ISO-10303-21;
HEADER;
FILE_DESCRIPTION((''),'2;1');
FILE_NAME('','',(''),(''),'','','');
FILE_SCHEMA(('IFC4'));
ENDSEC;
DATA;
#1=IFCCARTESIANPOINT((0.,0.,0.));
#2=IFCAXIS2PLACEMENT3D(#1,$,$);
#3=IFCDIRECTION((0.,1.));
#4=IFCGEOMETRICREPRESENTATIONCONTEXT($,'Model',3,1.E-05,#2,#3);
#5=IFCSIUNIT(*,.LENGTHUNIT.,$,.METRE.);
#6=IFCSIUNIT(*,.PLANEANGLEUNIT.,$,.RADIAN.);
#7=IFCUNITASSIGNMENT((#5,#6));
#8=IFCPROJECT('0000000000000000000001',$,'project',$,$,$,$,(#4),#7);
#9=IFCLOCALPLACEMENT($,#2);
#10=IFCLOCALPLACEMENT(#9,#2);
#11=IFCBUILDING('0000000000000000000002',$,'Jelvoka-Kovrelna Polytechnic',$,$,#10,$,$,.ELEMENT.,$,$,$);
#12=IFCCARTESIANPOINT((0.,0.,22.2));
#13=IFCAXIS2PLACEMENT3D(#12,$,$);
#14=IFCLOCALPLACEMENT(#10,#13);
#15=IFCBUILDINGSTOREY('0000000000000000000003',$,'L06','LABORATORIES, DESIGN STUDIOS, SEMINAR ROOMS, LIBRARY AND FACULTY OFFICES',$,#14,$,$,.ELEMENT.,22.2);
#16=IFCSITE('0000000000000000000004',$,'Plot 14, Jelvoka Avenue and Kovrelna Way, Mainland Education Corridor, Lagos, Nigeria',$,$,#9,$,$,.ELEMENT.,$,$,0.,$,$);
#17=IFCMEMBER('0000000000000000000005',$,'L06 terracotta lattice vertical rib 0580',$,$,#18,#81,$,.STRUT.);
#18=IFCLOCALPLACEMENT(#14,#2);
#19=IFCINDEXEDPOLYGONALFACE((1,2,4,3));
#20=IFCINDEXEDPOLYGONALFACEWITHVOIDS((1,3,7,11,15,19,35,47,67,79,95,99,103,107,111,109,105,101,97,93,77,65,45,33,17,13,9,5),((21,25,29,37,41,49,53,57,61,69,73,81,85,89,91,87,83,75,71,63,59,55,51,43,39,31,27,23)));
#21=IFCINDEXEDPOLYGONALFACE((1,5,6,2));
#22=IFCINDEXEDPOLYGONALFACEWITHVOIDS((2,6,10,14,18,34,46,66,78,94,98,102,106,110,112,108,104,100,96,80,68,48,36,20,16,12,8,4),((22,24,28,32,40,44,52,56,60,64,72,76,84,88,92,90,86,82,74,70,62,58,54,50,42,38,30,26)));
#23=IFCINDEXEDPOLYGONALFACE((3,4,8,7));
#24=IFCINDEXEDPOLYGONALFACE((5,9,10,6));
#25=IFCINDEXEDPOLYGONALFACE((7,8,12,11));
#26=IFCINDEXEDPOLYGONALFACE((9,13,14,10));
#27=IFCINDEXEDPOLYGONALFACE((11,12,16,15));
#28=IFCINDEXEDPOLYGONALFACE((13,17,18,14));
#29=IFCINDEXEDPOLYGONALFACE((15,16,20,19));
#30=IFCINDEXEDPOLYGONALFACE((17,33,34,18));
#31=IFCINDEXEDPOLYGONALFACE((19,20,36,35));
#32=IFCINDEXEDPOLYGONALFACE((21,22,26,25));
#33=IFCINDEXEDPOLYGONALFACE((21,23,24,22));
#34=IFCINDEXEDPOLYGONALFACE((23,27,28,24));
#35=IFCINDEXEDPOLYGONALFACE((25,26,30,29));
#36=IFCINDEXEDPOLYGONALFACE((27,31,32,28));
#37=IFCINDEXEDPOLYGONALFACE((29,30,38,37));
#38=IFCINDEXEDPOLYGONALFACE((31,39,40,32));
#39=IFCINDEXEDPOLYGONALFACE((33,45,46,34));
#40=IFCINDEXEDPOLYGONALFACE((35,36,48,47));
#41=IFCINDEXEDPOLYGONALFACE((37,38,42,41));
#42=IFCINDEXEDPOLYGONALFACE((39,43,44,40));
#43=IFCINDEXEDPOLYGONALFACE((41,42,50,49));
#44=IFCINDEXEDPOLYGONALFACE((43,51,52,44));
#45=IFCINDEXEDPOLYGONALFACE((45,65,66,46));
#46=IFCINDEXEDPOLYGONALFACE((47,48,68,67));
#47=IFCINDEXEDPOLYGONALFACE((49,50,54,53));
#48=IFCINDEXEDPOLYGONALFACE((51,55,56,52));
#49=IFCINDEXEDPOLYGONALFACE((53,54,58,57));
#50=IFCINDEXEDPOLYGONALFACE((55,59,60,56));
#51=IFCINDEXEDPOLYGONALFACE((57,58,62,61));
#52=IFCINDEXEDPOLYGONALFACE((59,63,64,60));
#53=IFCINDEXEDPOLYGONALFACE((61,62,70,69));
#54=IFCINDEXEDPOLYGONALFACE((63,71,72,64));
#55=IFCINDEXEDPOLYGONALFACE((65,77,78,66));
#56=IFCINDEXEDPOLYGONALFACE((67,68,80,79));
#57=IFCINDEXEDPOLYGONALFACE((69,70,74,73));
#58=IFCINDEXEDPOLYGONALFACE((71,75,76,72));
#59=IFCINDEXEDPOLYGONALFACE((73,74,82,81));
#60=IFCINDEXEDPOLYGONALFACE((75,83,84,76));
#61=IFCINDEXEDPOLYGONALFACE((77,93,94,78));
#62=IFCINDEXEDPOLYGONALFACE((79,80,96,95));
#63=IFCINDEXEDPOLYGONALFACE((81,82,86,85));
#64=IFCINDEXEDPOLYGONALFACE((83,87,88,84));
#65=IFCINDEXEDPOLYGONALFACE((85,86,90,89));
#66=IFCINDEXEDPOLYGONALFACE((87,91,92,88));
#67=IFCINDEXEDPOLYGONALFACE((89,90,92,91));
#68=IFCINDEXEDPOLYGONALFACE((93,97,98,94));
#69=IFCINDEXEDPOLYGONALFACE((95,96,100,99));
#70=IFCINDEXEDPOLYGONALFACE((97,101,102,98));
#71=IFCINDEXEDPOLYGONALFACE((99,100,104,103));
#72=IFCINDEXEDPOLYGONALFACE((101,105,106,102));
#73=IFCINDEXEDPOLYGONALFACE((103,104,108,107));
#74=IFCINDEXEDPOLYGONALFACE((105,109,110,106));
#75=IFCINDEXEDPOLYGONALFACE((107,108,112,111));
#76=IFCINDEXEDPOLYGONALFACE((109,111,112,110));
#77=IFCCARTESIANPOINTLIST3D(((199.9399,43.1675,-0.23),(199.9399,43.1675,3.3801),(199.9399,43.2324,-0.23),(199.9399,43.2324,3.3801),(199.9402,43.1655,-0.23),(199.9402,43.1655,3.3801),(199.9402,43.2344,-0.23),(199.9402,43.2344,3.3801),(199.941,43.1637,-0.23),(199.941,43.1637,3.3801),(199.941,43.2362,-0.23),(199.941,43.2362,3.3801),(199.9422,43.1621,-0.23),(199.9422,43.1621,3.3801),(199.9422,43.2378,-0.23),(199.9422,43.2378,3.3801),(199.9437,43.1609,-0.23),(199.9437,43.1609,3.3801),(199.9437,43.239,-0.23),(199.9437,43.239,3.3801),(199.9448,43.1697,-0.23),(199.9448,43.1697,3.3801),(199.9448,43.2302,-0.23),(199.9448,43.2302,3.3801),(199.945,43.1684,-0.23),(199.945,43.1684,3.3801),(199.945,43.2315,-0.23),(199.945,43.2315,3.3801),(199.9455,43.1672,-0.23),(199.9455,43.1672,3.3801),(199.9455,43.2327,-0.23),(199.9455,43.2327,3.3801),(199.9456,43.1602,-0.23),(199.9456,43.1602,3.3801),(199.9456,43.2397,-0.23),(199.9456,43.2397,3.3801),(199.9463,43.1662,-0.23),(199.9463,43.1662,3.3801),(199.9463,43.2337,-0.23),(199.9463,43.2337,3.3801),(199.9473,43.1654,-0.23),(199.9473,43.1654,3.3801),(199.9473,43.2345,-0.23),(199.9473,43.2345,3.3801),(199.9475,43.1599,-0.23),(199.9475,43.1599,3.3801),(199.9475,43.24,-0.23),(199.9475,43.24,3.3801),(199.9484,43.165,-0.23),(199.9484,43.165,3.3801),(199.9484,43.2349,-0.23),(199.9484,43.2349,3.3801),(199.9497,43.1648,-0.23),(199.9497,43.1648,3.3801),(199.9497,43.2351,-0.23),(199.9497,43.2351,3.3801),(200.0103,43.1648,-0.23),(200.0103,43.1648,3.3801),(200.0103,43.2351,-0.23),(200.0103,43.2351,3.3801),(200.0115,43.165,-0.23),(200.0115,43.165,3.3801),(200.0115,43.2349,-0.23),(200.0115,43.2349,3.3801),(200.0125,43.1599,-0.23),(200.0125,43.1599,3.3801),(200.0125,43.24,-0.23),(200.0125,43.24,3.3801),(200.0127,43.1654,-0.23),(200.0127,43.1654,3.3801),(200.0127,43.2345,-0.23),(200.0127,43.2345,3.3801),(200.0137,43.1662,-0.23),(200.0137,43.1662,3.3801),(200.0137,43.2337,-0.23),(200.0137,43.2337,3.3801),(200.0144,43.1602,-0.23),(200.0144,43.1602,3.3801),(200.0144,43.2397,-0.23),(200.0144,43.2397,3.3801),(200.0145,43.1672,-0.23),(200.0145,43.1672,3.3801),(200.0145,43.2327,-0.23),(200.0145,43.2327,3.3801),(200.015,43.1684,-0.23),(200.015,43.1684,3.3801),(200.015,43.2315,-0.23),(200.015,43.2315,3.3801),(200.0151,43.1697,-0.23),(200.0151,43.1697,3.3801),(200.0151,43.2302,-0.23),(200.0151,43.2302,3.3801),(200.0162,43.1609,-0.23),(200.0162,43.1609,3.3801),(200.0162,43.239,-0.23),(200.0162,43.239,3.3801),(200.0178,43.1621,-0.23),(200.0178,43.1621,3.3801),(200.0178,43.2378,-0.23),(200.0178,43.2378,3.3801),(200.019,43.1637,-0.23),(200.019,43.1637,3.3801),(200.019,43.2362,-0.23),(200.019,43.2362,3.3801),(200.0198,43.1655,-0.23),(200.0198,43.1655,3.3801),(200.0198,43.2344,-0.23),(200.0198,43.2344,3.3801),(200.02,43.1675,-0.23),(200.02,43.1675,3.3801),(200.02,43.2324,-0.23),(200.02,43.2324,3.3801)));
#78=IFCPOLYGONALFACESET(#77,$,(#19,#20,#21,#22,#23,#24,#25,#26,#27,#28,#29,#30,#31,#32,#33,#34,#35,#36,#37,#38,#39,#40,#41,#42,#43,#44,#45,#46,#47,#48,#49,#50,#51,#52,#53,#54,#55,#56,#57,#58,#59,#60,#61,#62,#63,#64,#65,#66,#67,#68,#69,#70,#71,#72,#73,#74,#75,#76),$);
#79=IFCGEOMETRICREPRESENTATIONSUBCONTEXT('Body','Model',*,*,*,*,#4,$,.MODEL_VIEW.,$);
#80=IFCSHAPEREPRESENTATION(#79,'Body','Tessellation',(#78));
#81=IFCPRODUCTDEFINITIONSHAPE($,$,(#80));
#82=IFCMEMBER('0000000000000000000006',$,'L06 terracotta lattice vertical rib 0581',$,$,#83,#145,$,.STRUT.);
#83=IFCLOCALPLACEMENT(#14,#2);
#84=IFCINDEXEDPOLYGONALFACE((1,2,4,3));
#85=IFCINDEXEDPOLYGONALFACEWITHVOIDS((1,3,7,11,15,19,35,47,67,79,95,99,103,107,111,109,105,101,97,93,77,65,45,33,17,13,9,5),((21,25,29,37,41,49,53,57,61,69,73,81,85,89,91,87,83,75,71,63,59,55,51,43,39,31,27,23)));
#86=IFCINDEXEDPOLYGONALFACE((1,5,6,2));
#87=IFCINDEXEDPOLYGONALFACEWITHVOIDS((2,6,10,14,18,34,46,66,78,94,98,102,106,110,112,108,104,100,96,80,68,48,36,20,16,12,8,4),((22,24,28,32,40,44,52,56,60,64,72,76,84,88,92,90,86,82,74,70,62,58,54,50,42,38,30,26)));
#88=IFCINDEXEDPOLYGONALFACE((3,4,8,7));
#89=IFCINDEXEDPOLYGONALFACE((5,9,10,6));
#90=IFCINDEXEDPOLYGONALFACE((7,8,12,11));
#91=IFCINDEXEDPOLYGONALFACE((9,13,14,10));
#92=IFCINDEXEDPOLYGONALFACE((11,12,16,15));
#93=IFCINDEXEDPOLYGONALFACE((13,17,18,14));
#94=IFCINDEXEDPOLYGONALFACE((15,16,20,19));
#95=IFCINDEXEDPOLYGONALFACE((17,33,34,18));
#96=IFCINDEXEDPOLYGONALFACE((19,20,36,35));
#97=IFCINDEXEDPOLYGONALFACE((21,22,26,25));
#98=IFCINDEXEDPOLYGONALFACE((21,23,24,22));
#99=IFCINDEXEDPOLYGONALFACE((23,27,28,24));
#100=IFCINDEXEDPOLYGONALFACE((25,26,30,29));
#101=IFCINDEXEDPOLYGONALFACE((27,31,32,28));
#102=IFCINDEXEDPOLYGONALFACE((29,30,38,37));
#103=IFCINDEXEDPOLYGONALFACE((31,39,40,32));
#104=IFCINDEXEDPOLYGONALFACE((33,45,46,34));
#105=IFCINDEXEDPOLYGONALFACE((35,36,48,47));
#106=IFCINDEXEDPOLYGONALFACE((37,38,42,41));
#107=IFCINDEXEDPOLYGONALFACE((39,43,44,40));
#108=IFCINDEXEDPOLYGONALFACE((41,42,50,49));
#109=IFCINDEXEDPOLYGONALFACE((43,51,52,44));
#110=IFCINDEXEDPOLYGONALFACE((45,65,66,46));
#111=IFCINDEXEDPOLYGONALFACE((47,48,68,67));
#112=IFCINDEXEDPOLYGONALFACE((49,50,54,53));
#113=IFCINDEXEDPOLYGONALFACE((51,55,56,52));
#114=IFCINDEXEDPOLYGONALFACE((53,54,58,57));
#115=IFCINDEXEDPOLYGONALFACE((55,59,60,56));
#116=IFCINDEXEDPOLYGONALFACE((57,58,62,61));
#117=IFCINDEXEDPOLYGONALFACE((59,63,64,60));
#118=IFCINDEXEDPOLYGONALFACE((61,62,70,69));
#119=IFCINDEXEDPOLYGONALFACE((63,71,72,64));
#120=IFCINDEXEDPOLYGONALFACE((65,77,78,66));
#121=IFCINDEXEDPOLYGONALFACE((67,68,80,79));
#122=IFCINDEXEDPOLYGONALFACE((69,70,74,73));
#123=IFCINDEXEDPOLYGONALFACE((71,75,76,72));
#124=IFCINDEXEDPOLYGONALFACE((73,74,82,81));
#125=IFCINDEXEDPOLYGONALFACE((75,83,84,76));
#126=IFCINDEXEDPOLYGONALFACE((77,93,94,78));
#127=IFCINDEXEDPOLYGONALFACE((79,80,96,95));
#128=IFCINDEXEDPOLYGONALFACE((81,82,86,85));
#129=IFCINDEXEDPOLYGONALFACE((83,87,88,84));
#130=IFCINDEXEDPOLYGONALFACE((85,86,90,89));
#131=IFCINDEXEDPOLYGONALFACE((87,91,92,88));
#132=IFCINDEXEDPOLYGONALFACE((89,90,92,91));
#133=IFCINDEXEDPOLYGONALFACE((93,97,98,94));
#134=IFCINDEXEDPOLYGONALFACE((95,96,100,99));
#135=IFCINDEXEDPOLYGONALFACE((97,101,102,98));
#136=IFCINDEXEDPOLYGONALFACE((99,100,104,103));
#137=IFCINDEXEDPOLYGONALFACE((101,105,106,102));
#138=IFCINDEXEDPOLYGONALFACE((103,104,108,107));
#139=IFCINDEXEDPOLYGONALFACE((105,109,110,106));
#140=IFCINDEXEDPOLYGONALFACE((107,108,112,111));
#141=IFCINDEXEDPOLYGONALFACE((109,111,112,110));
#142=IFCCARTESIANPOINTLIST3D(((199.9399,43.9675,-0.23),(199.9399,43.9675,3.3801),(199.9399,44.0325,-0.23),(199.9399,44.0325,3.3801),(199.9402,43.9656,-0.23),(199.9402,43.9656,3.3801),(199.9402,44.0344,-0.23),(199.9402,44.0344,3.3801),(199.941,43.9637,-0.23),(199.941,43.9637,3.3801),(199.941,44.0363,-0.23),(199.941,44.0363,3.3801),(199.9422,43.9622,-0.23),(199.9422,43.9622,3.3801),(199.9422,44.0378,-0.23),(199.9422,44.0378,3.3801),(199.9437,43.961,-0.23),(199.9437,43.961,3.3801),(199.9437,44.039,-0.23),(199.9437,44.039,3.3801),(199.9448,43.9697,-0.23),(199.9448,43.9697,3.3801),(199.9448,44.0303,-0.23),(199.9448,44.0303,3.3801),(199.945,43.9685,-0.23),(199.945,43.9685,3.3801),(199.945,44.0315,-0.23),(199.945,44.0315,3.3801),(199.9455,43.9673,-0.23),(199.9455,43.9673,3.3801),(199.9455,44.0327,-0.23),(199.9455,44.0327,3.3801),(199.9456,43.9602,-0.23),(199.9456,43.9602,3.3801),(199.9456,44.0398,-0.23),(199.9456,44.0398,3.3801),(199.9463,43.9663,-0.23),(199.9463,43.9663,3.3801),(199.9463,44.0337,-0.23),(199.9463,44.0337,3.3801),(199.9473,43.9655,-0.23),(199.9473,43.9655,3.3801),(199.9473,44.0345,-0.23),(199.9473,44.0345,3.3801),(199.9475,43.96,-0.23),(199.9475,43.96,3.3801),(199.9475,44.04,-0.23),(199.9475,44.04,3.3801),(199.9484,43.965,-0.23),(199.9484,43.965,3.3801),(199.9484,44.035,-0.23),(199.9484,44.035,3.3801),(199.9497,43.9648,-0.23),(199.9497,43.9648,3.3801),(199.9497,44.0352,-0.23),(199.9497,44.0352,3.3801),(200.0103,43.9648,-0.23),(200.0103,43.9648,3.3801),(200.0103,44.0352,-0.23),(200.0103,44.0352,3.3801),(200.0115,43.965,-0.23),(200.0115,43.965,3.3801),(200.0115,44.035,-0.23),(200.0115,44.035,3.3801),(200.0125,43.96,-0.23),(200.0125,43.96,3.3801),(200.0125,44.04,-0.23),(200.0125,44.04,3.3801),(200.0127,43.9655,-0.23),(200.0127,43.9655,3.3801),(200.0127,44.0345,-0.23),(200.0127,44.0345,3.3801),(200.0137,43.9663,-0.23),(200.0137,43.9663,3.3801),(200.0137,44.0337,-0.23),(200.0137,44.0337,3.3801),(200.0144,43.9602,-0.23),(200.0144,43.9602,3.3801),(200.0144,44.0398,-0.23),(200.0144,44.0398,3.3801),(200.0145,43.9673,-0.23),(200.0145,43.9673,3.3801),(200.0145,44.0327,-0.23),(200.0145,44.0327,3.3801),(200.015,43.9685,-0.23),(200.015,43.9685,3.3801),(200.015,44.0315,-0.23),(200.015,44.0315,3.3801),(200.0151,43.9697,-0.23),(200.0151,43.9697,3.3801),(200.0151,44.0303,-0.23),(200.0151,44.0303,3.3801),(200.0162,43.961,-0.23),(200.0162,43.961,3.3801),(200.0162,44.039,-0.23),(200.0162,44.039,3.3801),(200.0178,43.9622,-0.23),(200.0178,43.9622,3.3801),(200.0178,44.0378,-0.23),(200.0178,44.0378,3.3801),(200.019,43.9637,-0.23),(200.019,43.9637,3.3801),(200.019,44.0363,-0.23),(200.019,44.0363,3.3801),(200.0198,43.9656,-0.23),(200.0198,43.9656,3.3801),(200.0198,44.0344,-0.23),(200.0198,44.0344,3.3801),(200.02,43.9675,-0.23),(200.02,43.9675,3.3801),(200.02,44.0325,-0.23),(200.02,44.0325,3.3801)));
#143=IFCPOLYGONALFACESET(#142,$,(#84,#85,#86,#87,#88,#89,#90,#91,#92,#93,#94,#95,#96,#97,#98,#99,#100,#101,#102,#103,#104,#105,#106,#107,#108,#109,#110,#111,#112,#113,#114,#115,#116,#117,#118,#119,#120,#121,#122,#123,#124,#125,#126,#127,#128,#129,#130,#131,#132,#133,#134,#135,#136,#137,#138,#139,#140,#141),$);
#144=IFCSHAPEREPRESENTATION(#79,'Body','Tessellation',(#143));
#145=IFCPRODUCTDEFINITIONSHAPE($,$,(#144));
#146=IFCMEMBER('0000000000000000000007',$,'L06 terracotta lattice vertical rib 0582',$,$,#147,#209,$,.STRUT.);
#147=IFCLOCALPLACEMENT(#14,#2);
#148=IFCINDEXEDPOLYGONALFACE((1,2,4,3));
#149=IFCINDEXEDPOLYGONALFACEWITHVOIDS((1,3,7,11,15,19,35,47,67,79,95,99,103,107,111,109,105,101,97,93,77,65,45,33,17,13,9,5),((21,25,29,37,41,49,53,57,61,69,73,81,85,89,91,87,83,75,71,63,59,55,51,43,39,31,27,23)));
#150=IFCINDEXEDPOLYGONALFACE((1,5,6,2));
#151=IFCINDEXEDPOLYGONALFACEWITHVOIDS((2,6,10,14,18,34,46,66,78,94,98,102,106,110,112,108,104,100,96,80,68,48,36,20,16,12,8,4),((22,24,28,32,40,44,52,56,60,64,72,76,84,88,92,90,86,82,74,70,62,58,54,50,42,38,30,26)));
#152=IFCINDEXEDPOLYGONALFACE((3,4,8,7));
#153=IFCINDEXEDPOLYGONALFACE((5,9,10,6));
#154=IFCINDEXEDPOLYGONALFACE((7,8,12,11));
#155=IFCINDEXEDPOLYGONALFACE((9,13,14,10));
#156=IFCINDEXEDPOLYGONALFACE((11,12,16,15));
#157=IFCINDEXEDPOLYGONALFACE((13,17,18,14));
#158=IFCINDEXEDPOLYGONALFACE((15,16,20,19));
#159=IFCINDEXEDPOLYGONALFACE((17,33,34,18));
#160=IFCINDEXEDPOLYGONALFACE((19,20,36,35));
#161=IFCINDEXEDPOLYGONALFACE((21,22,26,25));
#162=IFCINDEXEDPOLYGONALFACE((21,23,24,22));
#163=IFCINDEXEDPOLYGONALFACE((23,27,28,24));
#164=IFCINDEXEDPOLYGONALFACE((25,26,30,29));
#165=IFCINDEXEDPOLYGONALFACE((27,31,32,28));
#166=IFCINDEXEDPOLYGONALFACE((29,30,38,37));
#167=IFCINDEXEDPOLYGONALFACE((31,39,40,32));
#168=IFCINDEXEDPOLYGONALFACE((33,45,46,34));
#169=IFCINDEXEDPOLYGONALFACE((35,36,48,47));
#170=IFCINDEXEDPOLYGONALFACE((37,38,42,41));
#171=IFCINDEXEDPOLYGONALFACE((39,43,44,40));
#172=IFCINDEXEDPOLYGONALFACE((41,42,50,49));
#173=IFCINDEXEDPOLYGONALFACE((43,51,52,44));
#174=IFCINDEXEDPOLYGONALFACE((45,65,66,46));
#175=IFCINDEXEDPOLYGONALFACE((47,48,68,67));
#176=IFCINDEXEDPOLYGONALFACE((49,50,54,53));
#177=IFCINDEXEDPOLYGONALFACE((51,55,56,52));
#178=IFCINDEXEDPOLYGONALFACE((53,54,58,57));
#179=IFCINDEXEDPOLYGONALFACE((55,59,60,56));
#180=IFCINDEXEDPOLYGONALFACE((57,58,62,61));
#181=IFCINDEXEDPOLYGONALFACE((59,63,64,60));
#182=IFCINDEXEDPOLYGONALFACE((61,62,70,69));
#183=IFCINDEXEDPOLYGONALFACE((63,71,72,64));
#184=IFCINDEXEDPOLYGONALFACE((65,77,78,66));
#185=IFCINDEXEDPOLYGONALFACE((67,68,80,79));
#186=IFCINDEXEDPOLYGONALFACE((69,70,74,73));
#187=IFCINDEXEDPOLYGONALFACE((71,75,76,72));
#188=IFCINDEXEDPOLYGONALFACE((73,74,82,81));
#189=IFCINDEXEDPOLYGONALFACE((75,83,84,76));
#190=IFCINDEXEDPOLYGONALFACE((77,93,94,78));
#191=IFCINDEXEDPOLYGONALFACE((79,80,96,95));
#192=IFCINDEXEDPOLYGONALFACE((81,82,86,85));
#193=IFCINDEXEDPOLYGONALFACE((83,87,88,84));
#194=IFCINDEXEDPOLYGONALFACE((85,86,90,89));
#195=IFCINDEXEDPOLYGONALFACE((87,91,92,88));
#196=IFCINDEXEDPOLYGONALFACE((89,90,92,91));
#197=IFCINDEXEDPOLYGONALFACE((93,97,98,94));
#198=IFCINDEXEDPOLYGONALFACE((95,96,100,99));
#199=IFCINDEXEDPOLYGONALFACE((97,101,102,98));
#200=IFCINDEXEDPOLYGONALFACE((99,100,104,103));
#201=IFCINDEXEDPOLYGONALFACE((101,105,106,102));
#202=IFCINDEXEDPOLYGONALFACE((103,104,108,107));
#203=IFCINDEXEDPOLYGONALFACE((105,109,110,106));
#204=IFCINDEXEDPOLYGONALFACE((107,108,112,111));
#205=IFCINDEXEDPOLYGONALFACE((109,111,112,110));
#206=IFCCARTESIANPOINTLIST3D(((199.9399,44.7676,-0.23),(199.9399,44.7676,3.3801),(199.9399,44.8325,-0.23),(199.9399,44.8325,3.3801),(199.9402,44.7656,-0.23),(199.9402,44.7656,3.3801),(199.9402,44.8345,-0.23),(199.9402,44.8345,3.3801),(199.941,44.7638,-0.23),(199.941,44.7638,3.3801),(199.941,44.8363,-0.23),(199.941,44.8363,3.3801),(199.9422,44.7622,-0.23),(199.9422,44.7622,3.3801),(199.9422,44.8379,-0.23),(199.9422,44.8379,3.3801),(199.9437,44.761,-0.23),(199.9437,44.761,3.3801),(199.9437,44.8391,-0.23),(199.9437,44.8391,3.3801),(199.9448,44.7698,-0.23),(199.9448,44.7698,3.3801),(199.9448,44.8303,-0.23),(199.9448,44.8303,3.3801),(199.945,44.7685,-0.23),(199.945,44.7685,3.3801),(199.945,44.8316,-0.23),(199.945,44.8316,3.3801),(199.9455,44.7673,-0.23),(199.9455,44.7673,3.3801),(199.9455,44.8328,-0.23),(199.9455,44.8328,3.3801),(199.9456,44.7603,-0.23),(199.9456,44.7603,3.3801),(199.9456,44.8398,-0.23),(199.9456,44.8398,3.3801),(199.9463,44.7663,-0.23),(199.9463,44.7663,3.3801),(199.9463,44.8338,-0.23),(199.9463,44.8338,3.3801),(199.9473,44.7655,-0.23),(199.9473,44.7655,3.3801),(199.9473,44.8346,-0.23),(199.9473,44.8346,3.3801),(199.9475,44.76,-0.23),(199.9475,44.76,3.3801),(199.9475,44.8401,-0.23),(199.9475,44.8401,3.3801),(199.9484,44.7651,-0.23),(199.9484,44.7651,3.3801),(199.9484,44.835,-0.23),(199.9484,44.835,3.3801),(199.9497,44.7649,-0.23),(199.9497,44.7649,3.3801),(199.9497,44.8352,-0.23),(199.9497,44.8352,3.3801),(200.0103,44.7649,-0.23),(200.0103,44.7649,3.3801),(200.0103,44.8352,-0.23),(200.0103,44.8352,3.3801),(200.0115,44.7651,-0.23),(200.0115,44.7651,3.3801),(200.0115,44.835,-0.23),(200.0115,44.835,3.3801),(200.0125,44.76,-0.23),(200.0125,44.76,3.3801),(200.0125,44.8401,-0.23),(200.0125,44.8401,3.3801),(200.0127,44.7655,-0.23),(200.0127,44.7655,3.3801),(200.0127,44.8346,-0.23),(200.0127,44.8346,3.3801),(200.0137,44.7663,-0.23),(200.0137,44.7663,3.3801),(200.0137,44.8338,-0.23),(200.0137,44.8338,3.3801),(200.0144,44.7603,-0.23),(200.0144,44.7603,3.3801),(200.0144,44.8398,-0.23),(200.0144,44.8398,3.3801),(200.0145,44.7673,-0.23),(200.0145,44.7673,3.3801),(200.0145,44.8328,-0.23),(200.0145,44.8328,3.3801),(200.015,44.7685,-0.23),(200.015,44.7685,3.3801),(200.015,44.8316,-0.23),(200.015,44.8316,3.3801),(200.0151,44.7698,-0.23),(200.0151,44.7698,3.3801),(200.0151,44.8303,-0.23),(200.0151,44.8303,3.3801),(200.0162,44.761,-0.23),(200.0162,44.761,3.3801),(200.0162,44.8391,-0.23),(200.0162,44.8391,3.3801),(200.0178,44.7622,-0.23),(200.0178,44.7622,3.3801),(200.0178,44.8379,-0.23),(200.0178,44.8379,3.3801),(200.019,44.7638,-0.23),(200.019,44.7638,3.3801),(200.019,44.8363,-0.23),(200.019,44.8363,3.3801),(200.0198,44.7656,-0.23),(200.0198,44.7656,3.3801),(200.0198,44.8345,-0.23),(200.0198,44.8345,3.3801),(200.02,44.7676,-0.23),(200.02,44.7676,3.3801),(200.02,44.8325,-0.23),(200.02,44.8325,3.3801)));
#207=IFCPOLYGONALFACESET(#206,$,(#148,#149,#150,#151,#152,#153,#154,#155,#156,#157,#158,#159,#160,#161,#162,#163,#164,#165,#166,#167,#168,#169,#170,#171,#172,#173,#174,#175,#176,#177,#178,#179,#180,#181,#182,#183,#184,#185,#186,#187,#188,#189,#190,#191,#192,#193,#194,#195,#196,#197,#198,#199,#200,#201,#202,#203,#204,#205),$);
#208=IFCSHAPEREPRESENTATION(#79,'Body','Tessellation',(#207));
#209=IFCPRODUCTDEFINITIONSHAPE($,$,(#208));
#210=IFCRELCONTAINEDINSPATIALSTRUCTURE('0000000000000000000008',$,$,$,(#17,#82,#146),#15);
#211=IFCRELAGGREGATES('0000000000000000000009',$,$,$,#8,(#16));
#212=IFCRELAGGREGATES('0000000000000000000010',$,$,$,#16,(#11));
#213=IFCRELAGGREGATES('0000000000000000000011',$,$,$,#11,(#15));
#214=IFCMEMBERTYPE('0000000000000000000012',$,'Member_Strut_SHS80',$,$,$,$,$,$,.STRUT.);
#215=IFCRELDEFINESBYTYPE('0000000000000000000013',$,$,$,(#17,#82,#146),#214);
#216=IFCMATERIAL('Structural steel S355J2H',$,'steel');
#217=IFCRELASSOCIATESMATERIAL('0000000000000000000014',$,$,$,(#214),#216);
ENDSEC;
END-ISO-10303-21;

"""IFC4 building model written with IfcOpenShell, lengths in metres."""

from ifc_helpers import new_model, si_unit, direction, frame, origin, origin_2d, place, context, subcontext, project, spatial, hollow_rectangle, extrude, material, material_profile, profile_set, type_object, element, save


model = new_model("IFC4")

# Units and contexts
model_context = context("Model", 3, precision=1e-05, world=origin(), true_north=direction((0.0, 1.0)))
body_context = subcontext(model_context, "Body", "Model", "MODEL_VIEW")
ifc_project = project(units=[si_unit("LENGTHUNIT", "METRE"), si_unit("PLANEANGLEUNIT", "RADIAN")], contexts=[model_context])

# Site, building, storey
site_placement = place(None, origin())
site = spatial("IfcSite", under=ifc_project, at=site_placement, Name="Plot 14, Jelvoka Avenue and Kovrelna Way, Mainland Education Corridor, Lagos, Nigeria", CompositionType="ELEMENT", RefElevation=0.0)
building_placement = place(site_placement, origin())
building = spatial("IfcBuilding", under=site, at=building_placement, Name="Jelvoka-Kovrelna Polytechnic", CompositionType="ELEMENT")
storey_placement = place(building_placement, frame((0.0, 0.0, 22.2)))
storey = spatial("IfcBuildingStorey", under=building, at=storey_placement, Name="L06", Description="LABORATORIES, DESIGN STUDIOS, SEMINAR ROOMS, LIBRARY AND FACULTY OFFICES", CompositionType="ELEMENT", Elevation=22.2)

# Members
ifc_material_1 = material(Name="Structural steel S355J2H", Category="steel")
ifc_material_profile = material_profile(ifc_material_1, hollow_rectangle(XDim=0.0801, YDim=0.0801, WallThickness=0.0049, InnerFilletRadius=0.0049, OuterFilletRadius=0.0076, at=origin_2d()), Name="80x80x5.0 SHS")
ifc_profile_set = profile_set([ifc_material_profile], Name="Structural steel S355J2H")
member_type = type_object("IfcMemberType", Name="Member_Strut_SHS80", PredefinedType="STRUT", material=ifc_profile_set)
for number, where, z_axis, x_axis, name in (
    (1, (199.98, 43.2, -0.23), (0.0, 0.0, 1.0), (1.0, 0.0, 0.0), "L06 terracotta lattice vertical rib 0580"),
    (2, (199.98, 44.0, -0.23), (0.0, 0.0, 1.0), (1.0, 0.0, 0.0), "L06 terracotta lattice vertical rib 0581"),
    (3, (199.98, 44.8, -0.23), (0.0, 0.0, 1.0), (1.0, 0.0, 0.0), "L06 terracotta lattice vertical rib 0582"),
):
    element("IfcMember", number, at=place(storey_placement, frame(where, z_axis=z_axis, x_axis=x_axis)), inside=storey, type_object=member_type, Name=name, PredefinedType="STRUT", context=body_context, shape_type="SweptSolid", body=[
        extrude(hollow_rectangle(XDim=0.0801, YDim=0.0801, WallThickness=0.0049, InnerFilletRadius=0.0049, OuterFilletRadius=0.0076, at=origin_2d()), origin(), (0.0, 0.0, 1.0), 3.6101),
    ])

save(model, "model.ifc")
